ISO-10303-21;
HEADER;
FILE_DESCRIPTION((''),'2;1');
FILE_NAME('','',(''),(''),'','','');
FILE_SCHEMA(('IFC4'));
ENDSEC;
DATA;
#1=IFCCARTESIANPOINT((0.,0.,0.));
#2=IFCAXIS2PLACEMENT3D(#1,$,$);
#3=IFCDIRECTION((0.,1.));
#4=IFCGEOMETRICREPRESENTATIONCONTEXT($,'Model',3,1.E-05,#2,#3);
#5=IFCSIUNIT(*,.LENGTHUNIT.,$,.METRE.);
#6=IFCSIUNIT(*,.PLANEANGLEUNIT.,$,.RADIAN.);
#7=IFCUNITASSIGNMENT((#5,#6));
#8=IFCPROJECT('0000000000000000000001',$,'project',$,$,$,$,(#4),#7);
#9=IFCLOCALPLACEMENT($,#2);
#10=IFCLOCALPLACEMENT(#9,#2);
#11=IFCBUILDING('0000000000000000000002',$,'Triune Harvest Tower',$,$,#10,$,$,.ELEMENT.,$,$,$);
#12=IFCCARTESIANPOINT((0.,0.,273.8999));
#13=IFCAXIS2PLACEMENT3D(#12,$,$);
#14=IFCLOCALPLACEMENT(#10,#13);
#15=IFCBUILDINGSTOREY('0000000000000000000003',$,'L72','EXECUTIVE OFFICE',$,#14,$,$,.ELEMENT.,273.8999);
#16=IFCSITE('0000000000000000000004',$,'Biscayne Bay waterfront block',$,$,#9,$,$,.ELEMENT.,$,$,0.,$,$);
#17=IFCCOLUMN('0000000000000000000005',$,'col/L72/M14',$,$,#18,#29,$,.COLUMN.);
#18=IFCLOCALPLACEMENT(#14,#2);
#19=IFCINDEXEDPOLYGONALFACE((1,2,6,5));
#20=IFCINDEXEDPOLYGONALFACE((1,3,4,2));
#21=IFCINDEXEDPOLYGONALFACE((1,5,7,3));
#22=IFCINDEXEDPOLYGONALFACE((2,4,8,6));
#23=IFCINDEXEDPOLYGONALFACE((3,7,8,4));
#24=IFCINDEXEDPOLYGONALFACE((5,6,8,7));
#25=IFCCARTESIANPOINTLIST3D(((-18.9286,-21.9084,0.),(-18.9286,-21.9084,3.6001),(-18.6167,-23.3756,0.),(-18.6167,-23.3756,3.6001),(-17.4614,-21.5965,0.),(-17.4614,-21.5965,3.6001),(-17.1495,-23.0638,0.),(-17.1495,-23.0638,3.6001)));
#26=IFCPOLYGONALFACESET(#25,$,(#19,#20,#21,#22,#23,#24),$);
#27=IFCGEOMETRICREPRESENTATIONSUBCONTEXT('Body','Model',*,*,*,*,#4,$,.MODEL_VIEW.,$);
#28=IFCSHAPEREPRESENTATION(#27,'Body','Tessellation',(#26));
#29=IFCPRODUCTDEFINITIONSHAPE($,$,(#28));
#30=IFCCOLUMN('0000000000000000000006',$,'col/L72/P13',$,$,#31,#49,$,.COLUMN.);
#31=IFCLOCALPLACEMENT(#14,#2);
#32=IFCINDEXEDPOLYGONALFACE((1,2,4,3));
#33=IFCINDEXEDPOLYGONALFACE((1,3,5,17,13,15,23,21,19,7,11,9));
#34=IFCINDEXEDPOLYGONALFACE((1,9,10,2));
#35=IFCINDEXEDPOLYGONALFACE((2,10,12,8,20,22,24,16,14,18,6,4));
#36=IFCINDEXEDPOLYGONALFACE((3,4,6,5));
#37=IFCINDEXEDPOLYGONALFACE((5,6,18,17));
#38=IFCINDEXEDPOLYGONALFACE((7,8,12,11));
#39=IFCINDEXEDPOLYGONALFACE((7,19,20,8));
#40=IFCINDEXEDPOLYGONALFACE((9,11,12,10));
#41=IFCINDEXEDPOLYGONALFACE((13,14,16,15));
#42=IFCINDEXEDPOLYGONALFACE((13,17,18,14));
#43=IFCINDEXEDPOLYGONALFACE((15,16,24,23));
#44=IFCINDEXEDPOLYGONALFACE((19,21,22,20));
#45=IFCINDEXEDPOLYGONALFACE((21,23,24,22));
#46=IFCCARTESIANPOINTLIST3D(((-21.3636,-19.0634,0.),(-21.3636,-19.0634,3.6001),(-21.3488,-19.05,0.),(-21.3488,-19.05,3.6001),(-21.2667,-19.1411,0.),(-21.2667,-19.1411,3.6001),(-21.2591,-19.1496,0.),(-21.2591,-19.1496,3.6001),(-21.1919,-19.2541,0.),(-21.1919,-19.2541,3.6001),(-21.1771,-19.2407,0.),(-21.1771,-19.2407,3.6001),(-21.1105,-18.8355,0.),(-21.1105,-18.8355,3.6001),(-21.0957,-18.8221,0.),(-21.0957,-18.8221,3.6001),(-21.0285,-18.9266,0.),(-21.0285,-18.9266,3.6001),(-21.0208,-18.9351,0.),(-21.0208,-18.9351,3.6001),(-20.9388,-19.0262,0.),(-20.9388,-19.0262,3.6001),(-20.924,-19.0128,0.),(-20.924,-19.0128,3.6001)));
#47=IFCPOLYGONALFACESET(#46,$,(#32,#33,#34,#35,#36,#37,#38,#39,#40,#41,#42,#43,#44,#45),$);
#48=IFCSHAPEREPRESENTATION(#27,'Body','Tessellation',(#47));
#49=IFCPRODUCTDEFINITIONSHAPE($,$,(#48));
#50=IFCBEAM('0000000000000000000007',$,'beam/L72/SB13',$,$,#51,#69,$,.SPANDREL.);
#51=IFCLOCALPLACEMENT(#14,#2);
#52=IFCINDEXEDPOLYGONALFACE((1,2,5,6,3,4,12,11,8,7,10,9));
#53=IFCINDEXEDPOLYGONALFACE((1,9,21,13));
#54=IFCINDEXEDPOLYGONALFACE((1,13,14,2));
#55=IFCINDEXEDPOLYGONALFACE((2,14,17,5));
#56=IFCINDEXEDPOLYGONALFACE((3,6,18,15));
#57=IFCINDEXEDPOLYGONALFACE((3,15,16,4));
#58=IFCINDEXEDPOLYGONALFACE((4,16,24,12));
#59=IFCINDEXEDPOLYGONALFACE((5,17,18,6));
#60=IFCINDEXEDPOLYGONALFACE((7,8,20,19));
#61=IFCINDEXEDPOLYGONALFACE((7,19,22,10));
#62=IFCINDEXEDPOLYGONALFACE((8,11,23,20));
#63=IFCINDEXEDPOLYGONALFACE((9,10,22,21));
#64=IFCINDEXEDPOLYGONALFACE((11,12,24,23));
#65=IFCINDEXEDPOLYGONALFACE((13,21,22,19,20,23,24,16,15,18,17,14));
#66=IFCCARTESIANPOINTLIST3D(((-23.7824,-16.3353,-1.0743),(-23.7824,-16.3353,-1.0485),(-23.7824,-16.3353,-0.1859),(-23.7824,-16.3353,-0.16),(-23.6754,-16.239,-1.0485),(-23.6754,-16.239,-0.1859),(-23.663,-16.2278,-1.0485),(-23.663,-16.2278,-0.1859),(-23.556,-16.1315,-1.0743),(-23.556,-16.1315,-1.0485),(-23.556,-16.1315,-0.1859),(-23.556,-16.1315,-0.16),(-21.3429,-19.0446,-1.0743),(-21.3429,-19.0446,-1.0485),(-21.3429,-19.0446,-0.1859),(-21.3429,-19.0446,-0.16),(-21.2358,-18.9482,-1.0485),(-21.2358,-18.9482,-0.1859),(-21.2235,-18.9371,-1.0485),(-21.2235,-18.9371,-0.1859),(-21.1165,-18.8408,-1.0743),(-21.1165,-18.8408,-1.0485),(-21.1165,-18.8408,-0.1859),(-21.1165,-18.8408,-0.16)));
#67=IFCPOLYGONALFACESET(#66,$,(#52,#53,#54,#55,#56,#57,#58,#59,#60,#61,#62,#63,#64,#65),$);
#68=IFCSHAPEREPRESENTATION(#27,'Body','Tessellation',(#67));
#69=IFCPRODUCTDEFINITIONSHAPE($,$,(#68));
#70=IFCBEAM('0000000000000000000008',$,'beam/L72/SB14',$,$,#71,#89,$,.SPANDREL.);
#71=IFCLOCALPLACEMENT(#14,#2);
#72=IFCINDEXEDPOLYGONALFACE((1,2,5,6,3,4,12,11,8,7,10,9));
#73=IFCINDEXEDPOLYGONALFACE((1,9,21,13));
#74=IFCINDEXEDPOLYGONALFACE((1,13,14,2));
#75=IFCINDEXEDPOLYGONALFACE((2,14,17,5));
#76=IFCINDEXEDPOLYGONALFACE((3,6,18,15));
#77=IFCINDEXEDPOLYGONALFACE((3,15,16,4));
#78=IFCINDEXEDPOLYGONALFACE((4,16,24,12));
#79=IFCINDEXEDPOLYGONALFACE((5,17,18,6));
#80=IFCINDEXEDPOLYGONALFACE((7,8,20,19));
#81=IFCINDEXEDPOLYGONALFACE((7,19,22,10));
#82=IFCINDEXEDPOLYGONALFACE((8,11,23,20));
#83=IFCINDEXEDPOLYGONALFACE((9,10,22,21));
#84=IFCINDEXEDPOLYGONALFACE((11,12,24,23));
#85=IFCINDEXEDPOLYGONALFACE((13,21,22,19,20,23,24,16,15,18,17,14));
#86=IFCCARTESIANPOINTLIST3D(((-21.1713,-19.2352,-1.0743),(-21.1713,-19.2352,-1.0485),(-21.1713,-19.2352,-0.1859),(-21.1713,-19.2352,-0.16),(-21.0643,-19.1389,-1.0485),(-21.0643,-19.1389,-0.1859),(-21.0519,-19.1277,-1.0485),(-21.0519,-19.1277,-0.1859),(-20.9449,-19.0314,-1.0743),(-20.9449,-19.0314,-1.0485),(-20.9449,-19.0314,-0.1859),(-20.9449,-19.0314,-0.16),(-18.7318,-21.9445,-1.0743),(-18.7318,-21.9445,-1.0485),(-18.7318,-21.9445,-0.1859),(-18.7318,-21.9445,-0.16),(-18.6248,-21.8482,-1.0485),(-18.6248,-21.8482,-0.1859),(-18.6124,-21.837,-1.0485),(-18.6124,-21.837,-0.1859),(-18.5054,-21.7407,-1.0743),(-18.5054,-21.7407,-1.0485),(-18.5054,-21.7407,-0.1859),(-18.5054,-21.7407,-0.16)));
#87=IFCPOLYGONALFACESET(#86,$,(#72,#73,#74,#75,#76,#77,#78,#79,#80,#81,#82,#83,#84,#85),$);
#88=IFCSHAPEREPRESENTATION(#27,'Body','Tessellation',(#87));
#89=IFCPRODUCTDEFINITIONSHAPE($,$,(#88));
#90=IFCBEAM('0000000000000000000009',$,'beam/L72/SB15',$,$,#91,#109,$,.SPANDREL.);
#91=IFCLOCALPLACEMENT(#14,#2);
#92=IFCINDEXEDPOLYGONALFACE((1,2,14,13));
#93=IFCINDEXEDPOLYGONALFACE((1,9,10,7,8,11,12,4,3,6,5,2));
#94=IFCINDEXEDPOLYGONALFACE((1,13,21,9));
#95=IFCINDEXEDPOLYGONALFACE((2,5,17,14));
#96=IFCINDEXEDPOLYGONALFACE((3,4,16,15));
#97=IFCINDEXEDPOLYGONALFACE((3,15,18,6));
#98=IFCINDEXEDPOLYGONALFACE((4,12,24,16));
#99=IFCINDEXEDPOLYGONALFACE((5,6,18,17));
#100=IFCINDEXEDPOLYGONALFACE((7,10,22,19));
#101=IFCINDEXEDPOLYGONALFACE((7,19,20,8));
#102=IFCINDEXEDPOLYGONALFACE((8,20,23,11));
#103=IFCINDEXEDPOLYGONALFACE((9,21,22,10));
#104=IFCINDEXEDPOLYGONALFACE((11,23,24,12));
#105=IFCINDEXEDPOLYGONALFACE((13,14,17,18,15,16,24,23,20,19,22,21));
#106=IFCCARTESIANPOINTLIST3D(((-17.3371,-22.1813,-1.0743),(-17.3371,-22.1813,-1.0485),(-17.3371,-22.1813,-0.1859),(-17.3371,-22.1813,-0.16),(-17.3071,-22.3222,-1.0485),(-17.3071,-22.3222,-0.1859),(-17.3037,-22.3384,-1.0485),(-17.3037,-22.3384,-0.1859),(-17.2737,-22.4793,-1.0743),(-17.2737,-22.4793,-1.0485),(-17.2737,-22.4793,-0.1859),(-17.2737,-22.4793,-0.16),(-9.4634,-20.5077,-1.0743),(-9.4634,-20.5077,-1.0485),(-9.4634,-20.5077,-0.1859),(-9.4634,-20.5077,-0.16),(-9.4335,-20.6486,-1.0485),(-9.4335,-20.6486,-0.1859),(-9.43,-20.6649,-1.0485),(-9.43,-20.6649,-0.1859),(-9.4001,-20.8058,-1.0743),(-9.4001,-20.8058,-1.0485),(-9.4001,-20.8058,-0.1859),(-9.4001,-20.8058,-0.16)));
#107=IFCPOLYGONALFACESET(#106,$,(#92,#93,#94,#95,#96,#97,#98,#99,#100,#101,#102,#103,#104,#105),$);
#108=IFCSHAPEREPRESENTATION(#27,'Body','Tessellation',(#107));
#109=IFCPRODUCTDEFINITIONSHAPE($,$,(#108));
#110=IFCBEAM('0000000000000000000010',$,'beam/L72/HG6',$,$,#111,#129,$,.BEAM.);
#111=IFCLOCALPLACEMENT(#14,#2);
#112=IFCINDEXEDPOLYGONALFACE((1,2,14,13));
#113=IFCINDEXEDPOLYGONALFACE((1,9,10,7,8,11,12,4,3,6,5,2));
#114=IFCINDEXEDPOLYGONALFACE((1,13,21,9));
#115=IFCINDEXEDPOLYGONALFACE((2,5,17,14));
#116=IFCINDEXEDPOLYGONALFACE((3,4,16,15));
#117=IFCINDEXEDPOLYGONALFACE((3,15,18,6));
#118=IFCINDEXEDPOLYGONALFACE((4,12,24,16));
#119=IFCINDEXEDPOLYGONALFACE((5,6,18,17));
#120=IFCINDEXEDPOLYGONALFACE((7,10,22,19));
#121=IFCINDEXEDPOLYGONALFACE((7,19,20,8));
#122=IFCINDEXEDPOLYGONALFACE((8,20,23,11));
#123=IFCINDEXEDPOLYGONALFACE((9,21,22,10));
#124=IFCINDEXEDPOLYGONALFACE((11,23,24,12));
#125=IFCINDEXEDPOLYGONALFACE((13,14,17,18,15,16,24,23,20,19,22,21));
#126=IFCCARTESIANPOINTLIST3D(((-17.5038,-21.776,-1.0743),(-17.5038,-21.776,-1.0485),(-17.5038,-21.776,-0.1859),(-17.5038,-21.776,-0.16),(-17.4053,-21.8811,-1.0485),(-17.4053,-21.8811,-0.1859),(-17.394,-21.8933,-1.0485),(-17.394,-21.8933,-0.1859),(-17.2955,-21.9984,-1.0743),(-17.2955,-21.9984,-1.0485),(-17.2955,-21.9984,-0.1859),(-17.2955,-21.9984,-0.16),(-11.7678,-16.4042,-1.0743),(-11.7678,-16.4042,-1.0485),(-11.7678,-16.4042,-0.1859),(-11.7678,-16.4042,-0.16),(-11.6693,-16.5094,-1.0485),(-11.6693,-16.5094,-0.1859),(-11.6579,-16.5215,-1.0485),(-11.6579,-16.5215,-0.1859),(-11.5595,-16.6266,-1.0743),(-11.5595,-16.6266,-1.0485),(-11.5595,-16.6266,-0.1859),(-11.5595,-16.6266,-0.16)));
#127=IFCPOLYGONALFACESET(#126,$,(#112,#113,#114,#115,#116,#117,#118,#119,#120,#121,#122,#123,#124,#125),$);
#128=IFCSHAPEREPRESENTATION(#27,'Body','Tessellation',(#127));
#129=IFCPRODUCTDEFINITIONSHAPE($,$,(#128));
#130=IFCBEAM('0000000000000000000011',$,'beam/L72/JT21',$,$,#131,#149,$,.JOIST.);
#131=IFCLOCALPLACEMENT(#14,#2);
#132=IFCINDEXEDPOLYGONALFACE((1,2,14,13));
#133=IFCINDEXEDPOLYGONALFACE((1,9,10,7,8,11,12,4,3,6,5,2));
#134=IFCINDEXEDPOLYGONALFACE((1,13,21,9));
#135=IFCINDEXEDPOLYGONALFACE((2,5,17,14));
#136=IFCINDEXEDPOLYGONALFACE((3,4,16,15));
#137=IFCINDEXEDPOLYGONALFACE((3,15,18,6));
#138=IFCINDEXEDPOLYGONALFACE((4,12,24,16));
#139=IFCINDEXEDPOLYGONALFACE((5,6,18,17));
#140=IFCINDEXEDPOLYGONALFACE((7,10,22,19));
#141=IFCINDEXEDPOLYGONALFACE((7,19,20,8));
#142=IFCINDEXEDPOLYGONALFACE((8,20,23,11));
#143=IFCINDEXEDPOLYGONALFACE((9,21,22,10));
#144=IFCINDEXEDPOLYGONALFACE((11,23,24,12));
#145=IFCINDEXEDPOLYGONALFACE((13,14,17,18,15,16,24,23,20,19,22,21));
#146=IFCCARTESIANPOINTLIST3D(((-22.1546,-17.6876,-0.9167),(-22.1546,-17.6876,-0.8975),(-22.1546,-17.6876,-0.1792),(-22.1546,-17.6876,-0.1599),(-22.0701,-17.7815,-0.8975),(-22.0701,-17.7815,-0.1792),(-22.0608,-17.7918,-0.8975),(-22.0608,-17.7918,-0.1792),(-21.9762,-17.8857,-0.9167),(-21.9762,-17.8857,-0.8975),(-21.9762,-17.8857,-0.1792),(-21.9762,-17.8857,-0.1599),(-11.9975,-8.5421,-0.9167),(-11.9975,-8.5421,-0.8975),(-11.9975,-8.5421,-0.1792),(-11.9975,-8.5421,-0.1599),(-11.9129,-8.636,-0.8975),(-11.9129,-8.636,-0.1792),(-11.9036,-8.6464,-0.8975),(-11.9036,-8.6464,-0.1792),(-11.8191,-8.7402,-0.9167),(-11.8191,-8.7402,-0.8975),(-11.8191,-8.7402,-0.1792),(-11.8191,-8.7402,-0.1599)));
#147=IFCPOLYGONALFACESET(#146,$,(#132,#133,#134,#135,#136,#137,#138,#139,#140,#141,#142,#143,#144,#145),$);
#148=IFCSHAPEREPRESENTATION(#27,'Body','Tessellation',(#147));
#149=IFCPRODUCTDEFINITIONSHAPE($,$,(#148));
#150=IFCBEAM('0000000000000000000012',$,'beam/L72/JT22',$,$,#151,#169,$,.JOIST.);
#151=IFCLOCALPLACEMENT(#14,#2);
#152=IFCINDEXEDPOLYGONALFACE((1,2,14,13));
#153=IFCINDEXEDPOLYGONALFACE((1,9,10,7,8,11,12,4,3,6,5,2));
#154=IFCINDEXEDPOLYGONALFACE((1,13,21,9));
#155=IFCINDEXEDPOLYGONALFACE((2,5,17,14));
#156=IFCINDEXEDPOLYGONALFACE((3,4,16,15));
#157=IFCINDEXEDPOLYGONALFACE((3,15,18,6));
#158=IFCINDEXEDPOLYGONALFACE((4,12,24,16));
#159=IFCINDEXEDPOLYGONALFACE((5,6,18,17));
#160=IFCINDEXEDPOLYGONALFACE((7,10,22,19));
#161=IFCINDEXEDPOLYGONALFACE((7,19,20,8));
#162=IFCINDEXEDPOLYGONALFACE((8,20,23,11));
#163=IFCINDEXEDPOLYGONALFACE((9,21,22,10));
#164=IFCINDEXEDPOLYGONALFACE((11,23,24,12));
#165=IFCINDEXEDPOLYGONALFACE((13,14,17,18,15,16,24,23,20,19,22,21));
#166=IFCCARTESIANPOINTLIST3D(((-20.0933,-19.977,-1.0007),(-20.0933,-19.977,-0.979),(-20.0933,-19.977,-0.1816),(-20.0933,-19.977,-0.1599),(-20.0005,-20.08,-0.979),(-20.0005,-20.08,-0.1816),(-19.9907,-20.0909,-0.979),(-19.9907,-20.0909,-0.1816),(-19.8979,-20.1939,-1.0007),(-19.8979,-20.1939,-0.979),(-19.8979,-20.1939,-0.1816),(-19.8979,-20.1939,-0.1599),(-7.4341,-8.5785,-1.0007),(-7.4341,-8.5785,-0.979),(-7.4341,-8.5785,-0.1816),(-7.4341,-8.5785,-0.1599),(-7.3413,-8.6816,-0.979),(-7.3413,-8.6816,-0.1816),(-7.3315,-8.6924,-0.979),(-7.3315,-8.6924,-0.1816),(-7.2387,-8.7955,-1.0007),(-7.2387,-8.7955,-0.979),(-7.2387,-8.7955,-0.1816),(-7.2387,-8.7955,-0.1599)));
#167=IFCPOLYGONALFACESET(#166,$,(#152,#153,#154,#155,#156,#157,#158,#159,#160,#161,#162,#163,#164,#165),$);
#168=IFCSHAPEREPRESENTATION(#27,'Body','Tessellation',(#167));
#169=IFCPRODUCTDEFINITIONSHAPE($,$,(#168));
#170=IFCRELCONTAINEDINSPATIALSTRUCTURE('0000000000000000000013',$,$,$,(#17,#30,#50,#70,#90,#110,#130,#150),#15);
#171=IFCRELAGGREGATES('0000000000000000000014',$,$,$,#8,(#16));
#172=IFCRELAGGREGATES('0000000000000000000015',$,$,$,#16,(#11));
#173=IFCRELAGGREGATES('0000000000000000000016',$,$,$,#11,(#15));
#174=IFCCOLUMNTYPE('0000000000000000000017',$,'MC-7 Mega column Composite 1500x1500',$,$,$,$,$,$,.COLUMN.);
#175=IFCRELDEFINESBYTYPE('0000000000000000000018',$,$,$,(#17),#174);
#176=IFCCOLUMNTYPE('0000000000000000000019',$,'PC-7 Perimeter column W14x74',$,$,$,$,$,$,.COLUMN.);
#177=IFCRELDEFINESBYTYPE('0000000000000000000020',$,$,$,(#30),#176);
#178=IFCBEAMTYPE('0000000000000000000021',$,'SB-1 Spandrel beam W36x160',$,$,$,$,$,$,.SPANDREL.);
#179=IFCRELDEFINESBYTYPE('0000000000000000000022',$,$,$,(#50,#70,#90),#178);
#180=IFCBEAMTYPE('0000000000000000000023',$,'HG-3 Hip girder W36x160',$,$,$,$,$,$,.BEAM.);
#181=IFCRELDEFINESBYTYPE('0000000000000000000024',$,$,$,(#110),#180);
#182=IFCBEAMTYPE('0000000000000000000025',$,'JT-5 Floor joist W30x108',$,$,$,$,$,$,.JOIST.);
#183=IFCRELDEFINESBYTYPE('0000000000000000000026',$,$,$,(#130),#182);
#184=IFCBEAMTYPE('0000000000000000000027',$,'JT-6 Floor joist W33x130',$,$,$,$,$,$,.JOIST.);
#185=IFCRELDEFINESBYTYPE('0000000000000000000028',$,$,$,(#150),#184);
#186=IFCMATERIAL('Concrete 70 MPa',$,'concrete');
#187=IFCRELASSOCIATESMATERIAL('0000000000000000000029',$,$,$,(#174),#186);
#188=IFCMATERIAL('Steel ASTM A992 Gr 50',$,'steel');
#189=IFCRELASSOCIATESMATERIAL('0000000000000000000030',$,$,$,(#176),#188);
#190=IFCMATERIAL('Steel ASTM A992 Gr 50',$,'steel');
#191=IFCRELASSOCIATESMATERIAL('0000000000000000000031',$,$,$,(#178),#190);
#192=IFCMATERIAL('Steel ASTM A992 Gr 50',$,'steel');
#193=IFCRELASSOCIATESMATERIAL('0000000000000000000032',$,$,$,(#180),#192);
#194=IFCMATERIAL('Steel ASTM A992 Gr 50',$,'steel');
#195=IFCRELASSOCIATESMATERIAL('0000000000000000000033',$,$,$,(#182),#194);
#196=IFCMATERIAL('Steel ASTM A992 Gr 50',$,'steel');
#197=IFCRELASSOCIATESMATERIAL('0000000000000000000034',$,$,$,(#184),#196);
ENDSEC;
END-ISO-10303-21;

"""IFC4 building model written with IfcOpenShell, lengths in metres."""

from ifc_helpers import new_model, si_unit, direction, frame, origin, origin_2d, place, context, subcontext, project, spatial, rectangle, i_section, extrude, source, transform, mapped, material, material_profile, profile_set, type_object, element, save


model = new_model("IFC4")

# Units and contexts
model_context = context("Model", 3, precision=1e-05, world=origin(), true_north=direction((0.0, 1.0)))
body_context = subcontext(model_context, "Body", "Model", "MODEL_VIEW")
ifc_project = project(units=[si_unit("LENGTHUNIT", "METRE"), si_unit("PLANEANGLEUNIT", "RADIAN")], contexts=[model_context])

# Site, building, storey
site_placement = place(None, origin())
site = spatial("IfcSite", under=ifc_project, at=site_placement, Name="Biscayne Bay waterfront block", CompositionType="ELEMENT", RefElevation=0.0)
building_placement = place(site_placement, origin())
building = spatial("IfcBuilding", under=site, at=building_placement, Name="Triune Harvest Tower", CompositionType="ELEMENT")
storey_placement = place(building_placement, frame((0.0, 0.0, 273.8999)))
storey = spatial("IfcBuildingStorey", under=building, at=storey_placement, Name="L72", Description="EXECUTIVE OFFICE", CompositionType="ELEMENT", Elevation=273.8999)

# Columns
ifc_material_1 = material(Name="Concrete 70 MPa", Category="concrete")
ifc_material_profile_1 = material_profile(ifc_material_1, rectangle(XDim=1.5, YDim=1.5, at=origin_2d()), Name="Composite 1500x1500")
ifc_profile_set_1 = profile_set([ifc_material_profile_1], Name="Concrete 70 MPa")
column_type_1 = type_object("IfcColumnType", Name="MC-7 Mega column Composite 1500x1500", PredefinedType="COLUMN", material=ifc_profile_set_1)
shared_shape_1 = source(origin(), body_context, "Body", "SweptSolid", [
    extrude(rectangle(XDim=1.5, YDim=1.5, at=origin_2d()), origin(), (0.0, 0.0, 1.0), 3.6001),
])
column_1_placement = place(storey_placement, frame((-18.0391, -22.4861, 0.0), z_axis=(0.0, 0.0, 1.0), x_axis=(0.978147, 0.207913, 0.0)))
element("IfcColumn", 1, at=column_1_placement, inside=storey, type_object=column_type_1, Name="col/L72/M14", PredefinedType="COLUMN", context=body_context, shape_type="MappedRepresentation", body=[
    mapped(shared_shape_1, transform((0.0, 0.0, 0.0), scale=1.0)),
])
ifc_material_2 = material(Name="Steel ASTM A992 Gr 50", Category="steel")
ifc_material_profile_2 = material_profile(ifc_material_2, i_section(OverallWidth=0.2566, OverallDepth=0.3606, WebThickness=0.0115, FlangeThickness=0.02, at=origin_2d()), Name="W14x74")
ifc_profile_set_2 = profile_set([ifc_material_profile_2], Name="Steel ASTM A992 Gr 50")
column_type_2 = type_object("IfcColumnType", Name="PC-7 Perimeter column W14x74", PredefinedType="COLUMN", material=ifc_profile_set_2)
shared_shape_2 = source(origin(), body_context, "Body", "SweptSolid", [
    extrude(i_section(OverallWidth=0.2566, OverallDepth=0.3606, WebThickness=0.0115, FlangeThickness=0.02, at=origin_2d()), origin(), (0.0, 0.0, 1.0), 3.6001),
])
column_2_placement = place(storey_placement, frame((-21.1438, -19.0381, 0.0), z_axis=(0.0, 0.0, 1.0), x_axis=(0.669129, -0.743146, 0.0)))
element("IfcColumn", 2, at=column_2_placement, inside=storey, type_object=column_type_2, Name="col/L72/P13", PredefinedType="COLUMN", context=body_context, shape_type="MappedRepresentation", body=[
    mapped(shared_shape_2, transform((0.0, 0.0, 0.0), scale=1.0)),
])

# Beams
ifc_material_3 = material(Name="Steel ASTM A992 Gr 50", Category="steel")
ifc_material_profile_3 = material_profile(ifc_material_3, i_section(OverallWidth=0.3047, OverallDepth=0.9143, WebThickness=0.0166, FlangeThickness=0.0259, at=origin_2d()), Name="W36x160")
ifc_profile_set_3 = profile_set([ifc_material_profile_3], Name="Steel ASTM A992 Gr 50")
beam_type_1 = type_object("IfcBeamType", Name="SB-1 Spandrel beam W36x160", PredefinedType="SPANDREL", material=ifc_profile_set_3)
shared_shape_3 = source(origin(), body_context, "Body", "SweptSolid", [
    extrude(i_section(OverallWidth=0.3047, OverallDepth=0.9143, WebThickness=0.0166, FlangeThickness=0.0259, at=origin_2d()), origin(), (0.0, 0.0, 1.0), 3.6458),
])
for number, where, z_axis, x_axis, name in (
    (3, (-23.6692, -16.2334, -0.6172), (0.669139, -0.743138, 0.0), (0.743138, 0.669139, 0.0), "beam/L72/SB13"),
    (4, (-21.0581, -19.1333, -0.6172), (0.669139, -0.743138, 0.0), (0.743138, 0.669139, 0.0), "beam/L72/SB14"),
):
    element("IfcBeam", number, at=place(storey_placement, frame(where, z_axis=z_axis, x_axis=x_axis)), inside=storey, type_object=beam_type_1, Name=name, PredefinedType="SPANDREL", context=body_context, shape_type="MappedRepresentation", body=[
        mapped(shared_shape_3, transform((0.0, 0.0, 0.0), scale=1.0)),
    ])
shared_shape_4 = source(origin(), body_context, "Body", "SweptSolid", [
    extrude(i_section(OverallWidth=0.3047, OverallDepth=0.9143, WebThickness=0.0166, FlangeThickness=0.0259, at=origin_2d()), origin(), (0.0, 0.0, 1.0), 8.0496),
])
beam_1_placement = place(storey_placement, frame((-17.3054, -22.3303, -0.6172), z_axis=(0.978149, 0.207907, 0.0), x_axis=(-0.207907, 0.978149, 0.0)))
element("IfcBeam", 5, at=beam_1_placement, inside=storey, type_object=beam_type_1, Name="beam/L72/SB15", PredefinedType="SPANDREL", context=body_context, shape_type="MappedRepresentation", body=[
    mapped(shared_shape_4, transform((0.0, 0.0, 0.0), scale=1.0)),
])
ifc_material_4 = material(Name="Steel ASTM A992 Gr 50", Category="steel")
ifc_material_profile_4 = material_profile(ifc_material_4, i_section(OverallWidth=0.3047, OverallDepth=0.9143, WebThickness=0.0166, FlangeThickness=0.0259, at=origin_2d()), Name="W36x160")
ifc_profile_set_4 = profile_set([ifc_material_profile_4], Name="Steel ASTM A992 Gr 50")
beam_type_2 = type_object("IfcBeamType", Name="HG-3 Hip girder W36x160", PredefinedType="BEAM", material=ifc_profile_set_4)
shared_shape_5 = source(origin(), body_context, "Body", "SweptSolid", [
    extrude(i_section(OverallWidth=0.3047, OverallDepth=0.9143, WebThickness=0.0166, FlangeThickness=0.0259, at=origin_2d()), origin(), (0.0, 0.0, 1.0), 7.8586),
])
beam_2_placement = place(storey_placement, frame((-17.3997, -21.8872, -0.6172), z_axis=(0.729902, 0.683551, 0.0), x_axis=(-0.683551, 0.729902, 0.0)))
element("IfcBeam", 6, at=beam_2_placement, inside=storey, type_object=beam_type_2, Name="beam/L72/HG6", PredefinedType="BEAM", context=body_context, shape_type="MappedRepresentation", body=[
    mapped(shared_shape_5, transform((0.0, 0.0, 0.0), scale=1.0)),
])
ifc_material_5 = material(Name="Steel ASTM A992 Gr 50", Category="steel")
ifc_material_profile_5 = material_profile(ifc_material_5, i_section(OverallWidth=0.2666, OverallDepth=0.7568, WebThickness=0.0139, FlangeThickness=0.0193, at=origin_2d()), Name="W30x108")
ifc_profile_set_5 = profile_set([ifc_material_profile_5], Name="Steel ASTM A992 Gr 50")
beam_type_3 = type_object("IfcBeamType", Name="JT-5 Floor joist W30x108", PredefinedType="JOIST", material=ifc_profile_set_5)
shared_shape_6 = source(origin(), body_context, "Body", "SweptSolid", [
    extrude(i_section(OverallWidth=0.2666, OverallDepth=0.7568, WebThickness=0.0139, FlangeThickness=0.0193, at=origin_2d()), origin(), (0.0, 0.0, 1.0), 13.6677),
])
beam_3_placement = place(storey_placement, frame((-22.0654, -17.7866, -0.5383), z_axis=(0.743148, 0.669127, 0.0), x_axis=(-0.669127, 0.743148, 0.0)))
element("IfcBeam", 7, at=beam_3_placement, inside=storey, type_object=beam_type_3, Name="beam/L72/JT21", PredefinedType="JOIST", context=body_context, shape_type="MappedRepresentation", body=[
    mapped(shared_shape_6, transform((0.0, 0.0, 0.0), scale=1.0)),
])
ifc_material_6 = material(Name="Steel ASTM A992 Gr 50", Category="steel")
ifc_material_profile_6 = material_profile(ifc_material_6, i_section(OverallWidth=0.292, OverallDepth=0.8408, WebThickness=0.0146, FlangeThickness=0.0217, at=origin_2d()), Name="W33x130")
ifc_profile_set_6 = profile_set([ifc_material_profile_6], Name="Steel ASTM A992 Gr 50")
beam_type_4 = type_object("IfcBeamType", Name="JT-6 Floor joist W33x130", PredefinedType="JOIST", material=ifc_profile_set_6)
shared_shape_7 = source(origin(), body_context, "Body", "SweptSolid", [
    extrude(i_section(OverallWidth=0.292, OverallDepth=0.8408, WebThickness=0.0146, FlangeThickness=0.0217, at=origin_2d()), origin(), (0.0, 0.0, 1.0), 17.0347),
])
beam_4_placement = place(storey_placement, frame((-19.9956, -20.0854, -0.5803), z_axis=(0.743143, 0.669133, 0.0), x_axis=(-0.669133, 0.743143, 0.0)))
element("IfcBeam", 8, at=beam_4_placement, inside=storey, type_object=beam_type_4, Name="beam/L72/JT22", PredefinedType="JOIST", context=body_context, shape_type="MappedRepresentation", body=[
    mapped(shared_shape_7, transform((0.0, 0.0, 0.0), scale=1.0)),
])

save(model, "model.ifc")
